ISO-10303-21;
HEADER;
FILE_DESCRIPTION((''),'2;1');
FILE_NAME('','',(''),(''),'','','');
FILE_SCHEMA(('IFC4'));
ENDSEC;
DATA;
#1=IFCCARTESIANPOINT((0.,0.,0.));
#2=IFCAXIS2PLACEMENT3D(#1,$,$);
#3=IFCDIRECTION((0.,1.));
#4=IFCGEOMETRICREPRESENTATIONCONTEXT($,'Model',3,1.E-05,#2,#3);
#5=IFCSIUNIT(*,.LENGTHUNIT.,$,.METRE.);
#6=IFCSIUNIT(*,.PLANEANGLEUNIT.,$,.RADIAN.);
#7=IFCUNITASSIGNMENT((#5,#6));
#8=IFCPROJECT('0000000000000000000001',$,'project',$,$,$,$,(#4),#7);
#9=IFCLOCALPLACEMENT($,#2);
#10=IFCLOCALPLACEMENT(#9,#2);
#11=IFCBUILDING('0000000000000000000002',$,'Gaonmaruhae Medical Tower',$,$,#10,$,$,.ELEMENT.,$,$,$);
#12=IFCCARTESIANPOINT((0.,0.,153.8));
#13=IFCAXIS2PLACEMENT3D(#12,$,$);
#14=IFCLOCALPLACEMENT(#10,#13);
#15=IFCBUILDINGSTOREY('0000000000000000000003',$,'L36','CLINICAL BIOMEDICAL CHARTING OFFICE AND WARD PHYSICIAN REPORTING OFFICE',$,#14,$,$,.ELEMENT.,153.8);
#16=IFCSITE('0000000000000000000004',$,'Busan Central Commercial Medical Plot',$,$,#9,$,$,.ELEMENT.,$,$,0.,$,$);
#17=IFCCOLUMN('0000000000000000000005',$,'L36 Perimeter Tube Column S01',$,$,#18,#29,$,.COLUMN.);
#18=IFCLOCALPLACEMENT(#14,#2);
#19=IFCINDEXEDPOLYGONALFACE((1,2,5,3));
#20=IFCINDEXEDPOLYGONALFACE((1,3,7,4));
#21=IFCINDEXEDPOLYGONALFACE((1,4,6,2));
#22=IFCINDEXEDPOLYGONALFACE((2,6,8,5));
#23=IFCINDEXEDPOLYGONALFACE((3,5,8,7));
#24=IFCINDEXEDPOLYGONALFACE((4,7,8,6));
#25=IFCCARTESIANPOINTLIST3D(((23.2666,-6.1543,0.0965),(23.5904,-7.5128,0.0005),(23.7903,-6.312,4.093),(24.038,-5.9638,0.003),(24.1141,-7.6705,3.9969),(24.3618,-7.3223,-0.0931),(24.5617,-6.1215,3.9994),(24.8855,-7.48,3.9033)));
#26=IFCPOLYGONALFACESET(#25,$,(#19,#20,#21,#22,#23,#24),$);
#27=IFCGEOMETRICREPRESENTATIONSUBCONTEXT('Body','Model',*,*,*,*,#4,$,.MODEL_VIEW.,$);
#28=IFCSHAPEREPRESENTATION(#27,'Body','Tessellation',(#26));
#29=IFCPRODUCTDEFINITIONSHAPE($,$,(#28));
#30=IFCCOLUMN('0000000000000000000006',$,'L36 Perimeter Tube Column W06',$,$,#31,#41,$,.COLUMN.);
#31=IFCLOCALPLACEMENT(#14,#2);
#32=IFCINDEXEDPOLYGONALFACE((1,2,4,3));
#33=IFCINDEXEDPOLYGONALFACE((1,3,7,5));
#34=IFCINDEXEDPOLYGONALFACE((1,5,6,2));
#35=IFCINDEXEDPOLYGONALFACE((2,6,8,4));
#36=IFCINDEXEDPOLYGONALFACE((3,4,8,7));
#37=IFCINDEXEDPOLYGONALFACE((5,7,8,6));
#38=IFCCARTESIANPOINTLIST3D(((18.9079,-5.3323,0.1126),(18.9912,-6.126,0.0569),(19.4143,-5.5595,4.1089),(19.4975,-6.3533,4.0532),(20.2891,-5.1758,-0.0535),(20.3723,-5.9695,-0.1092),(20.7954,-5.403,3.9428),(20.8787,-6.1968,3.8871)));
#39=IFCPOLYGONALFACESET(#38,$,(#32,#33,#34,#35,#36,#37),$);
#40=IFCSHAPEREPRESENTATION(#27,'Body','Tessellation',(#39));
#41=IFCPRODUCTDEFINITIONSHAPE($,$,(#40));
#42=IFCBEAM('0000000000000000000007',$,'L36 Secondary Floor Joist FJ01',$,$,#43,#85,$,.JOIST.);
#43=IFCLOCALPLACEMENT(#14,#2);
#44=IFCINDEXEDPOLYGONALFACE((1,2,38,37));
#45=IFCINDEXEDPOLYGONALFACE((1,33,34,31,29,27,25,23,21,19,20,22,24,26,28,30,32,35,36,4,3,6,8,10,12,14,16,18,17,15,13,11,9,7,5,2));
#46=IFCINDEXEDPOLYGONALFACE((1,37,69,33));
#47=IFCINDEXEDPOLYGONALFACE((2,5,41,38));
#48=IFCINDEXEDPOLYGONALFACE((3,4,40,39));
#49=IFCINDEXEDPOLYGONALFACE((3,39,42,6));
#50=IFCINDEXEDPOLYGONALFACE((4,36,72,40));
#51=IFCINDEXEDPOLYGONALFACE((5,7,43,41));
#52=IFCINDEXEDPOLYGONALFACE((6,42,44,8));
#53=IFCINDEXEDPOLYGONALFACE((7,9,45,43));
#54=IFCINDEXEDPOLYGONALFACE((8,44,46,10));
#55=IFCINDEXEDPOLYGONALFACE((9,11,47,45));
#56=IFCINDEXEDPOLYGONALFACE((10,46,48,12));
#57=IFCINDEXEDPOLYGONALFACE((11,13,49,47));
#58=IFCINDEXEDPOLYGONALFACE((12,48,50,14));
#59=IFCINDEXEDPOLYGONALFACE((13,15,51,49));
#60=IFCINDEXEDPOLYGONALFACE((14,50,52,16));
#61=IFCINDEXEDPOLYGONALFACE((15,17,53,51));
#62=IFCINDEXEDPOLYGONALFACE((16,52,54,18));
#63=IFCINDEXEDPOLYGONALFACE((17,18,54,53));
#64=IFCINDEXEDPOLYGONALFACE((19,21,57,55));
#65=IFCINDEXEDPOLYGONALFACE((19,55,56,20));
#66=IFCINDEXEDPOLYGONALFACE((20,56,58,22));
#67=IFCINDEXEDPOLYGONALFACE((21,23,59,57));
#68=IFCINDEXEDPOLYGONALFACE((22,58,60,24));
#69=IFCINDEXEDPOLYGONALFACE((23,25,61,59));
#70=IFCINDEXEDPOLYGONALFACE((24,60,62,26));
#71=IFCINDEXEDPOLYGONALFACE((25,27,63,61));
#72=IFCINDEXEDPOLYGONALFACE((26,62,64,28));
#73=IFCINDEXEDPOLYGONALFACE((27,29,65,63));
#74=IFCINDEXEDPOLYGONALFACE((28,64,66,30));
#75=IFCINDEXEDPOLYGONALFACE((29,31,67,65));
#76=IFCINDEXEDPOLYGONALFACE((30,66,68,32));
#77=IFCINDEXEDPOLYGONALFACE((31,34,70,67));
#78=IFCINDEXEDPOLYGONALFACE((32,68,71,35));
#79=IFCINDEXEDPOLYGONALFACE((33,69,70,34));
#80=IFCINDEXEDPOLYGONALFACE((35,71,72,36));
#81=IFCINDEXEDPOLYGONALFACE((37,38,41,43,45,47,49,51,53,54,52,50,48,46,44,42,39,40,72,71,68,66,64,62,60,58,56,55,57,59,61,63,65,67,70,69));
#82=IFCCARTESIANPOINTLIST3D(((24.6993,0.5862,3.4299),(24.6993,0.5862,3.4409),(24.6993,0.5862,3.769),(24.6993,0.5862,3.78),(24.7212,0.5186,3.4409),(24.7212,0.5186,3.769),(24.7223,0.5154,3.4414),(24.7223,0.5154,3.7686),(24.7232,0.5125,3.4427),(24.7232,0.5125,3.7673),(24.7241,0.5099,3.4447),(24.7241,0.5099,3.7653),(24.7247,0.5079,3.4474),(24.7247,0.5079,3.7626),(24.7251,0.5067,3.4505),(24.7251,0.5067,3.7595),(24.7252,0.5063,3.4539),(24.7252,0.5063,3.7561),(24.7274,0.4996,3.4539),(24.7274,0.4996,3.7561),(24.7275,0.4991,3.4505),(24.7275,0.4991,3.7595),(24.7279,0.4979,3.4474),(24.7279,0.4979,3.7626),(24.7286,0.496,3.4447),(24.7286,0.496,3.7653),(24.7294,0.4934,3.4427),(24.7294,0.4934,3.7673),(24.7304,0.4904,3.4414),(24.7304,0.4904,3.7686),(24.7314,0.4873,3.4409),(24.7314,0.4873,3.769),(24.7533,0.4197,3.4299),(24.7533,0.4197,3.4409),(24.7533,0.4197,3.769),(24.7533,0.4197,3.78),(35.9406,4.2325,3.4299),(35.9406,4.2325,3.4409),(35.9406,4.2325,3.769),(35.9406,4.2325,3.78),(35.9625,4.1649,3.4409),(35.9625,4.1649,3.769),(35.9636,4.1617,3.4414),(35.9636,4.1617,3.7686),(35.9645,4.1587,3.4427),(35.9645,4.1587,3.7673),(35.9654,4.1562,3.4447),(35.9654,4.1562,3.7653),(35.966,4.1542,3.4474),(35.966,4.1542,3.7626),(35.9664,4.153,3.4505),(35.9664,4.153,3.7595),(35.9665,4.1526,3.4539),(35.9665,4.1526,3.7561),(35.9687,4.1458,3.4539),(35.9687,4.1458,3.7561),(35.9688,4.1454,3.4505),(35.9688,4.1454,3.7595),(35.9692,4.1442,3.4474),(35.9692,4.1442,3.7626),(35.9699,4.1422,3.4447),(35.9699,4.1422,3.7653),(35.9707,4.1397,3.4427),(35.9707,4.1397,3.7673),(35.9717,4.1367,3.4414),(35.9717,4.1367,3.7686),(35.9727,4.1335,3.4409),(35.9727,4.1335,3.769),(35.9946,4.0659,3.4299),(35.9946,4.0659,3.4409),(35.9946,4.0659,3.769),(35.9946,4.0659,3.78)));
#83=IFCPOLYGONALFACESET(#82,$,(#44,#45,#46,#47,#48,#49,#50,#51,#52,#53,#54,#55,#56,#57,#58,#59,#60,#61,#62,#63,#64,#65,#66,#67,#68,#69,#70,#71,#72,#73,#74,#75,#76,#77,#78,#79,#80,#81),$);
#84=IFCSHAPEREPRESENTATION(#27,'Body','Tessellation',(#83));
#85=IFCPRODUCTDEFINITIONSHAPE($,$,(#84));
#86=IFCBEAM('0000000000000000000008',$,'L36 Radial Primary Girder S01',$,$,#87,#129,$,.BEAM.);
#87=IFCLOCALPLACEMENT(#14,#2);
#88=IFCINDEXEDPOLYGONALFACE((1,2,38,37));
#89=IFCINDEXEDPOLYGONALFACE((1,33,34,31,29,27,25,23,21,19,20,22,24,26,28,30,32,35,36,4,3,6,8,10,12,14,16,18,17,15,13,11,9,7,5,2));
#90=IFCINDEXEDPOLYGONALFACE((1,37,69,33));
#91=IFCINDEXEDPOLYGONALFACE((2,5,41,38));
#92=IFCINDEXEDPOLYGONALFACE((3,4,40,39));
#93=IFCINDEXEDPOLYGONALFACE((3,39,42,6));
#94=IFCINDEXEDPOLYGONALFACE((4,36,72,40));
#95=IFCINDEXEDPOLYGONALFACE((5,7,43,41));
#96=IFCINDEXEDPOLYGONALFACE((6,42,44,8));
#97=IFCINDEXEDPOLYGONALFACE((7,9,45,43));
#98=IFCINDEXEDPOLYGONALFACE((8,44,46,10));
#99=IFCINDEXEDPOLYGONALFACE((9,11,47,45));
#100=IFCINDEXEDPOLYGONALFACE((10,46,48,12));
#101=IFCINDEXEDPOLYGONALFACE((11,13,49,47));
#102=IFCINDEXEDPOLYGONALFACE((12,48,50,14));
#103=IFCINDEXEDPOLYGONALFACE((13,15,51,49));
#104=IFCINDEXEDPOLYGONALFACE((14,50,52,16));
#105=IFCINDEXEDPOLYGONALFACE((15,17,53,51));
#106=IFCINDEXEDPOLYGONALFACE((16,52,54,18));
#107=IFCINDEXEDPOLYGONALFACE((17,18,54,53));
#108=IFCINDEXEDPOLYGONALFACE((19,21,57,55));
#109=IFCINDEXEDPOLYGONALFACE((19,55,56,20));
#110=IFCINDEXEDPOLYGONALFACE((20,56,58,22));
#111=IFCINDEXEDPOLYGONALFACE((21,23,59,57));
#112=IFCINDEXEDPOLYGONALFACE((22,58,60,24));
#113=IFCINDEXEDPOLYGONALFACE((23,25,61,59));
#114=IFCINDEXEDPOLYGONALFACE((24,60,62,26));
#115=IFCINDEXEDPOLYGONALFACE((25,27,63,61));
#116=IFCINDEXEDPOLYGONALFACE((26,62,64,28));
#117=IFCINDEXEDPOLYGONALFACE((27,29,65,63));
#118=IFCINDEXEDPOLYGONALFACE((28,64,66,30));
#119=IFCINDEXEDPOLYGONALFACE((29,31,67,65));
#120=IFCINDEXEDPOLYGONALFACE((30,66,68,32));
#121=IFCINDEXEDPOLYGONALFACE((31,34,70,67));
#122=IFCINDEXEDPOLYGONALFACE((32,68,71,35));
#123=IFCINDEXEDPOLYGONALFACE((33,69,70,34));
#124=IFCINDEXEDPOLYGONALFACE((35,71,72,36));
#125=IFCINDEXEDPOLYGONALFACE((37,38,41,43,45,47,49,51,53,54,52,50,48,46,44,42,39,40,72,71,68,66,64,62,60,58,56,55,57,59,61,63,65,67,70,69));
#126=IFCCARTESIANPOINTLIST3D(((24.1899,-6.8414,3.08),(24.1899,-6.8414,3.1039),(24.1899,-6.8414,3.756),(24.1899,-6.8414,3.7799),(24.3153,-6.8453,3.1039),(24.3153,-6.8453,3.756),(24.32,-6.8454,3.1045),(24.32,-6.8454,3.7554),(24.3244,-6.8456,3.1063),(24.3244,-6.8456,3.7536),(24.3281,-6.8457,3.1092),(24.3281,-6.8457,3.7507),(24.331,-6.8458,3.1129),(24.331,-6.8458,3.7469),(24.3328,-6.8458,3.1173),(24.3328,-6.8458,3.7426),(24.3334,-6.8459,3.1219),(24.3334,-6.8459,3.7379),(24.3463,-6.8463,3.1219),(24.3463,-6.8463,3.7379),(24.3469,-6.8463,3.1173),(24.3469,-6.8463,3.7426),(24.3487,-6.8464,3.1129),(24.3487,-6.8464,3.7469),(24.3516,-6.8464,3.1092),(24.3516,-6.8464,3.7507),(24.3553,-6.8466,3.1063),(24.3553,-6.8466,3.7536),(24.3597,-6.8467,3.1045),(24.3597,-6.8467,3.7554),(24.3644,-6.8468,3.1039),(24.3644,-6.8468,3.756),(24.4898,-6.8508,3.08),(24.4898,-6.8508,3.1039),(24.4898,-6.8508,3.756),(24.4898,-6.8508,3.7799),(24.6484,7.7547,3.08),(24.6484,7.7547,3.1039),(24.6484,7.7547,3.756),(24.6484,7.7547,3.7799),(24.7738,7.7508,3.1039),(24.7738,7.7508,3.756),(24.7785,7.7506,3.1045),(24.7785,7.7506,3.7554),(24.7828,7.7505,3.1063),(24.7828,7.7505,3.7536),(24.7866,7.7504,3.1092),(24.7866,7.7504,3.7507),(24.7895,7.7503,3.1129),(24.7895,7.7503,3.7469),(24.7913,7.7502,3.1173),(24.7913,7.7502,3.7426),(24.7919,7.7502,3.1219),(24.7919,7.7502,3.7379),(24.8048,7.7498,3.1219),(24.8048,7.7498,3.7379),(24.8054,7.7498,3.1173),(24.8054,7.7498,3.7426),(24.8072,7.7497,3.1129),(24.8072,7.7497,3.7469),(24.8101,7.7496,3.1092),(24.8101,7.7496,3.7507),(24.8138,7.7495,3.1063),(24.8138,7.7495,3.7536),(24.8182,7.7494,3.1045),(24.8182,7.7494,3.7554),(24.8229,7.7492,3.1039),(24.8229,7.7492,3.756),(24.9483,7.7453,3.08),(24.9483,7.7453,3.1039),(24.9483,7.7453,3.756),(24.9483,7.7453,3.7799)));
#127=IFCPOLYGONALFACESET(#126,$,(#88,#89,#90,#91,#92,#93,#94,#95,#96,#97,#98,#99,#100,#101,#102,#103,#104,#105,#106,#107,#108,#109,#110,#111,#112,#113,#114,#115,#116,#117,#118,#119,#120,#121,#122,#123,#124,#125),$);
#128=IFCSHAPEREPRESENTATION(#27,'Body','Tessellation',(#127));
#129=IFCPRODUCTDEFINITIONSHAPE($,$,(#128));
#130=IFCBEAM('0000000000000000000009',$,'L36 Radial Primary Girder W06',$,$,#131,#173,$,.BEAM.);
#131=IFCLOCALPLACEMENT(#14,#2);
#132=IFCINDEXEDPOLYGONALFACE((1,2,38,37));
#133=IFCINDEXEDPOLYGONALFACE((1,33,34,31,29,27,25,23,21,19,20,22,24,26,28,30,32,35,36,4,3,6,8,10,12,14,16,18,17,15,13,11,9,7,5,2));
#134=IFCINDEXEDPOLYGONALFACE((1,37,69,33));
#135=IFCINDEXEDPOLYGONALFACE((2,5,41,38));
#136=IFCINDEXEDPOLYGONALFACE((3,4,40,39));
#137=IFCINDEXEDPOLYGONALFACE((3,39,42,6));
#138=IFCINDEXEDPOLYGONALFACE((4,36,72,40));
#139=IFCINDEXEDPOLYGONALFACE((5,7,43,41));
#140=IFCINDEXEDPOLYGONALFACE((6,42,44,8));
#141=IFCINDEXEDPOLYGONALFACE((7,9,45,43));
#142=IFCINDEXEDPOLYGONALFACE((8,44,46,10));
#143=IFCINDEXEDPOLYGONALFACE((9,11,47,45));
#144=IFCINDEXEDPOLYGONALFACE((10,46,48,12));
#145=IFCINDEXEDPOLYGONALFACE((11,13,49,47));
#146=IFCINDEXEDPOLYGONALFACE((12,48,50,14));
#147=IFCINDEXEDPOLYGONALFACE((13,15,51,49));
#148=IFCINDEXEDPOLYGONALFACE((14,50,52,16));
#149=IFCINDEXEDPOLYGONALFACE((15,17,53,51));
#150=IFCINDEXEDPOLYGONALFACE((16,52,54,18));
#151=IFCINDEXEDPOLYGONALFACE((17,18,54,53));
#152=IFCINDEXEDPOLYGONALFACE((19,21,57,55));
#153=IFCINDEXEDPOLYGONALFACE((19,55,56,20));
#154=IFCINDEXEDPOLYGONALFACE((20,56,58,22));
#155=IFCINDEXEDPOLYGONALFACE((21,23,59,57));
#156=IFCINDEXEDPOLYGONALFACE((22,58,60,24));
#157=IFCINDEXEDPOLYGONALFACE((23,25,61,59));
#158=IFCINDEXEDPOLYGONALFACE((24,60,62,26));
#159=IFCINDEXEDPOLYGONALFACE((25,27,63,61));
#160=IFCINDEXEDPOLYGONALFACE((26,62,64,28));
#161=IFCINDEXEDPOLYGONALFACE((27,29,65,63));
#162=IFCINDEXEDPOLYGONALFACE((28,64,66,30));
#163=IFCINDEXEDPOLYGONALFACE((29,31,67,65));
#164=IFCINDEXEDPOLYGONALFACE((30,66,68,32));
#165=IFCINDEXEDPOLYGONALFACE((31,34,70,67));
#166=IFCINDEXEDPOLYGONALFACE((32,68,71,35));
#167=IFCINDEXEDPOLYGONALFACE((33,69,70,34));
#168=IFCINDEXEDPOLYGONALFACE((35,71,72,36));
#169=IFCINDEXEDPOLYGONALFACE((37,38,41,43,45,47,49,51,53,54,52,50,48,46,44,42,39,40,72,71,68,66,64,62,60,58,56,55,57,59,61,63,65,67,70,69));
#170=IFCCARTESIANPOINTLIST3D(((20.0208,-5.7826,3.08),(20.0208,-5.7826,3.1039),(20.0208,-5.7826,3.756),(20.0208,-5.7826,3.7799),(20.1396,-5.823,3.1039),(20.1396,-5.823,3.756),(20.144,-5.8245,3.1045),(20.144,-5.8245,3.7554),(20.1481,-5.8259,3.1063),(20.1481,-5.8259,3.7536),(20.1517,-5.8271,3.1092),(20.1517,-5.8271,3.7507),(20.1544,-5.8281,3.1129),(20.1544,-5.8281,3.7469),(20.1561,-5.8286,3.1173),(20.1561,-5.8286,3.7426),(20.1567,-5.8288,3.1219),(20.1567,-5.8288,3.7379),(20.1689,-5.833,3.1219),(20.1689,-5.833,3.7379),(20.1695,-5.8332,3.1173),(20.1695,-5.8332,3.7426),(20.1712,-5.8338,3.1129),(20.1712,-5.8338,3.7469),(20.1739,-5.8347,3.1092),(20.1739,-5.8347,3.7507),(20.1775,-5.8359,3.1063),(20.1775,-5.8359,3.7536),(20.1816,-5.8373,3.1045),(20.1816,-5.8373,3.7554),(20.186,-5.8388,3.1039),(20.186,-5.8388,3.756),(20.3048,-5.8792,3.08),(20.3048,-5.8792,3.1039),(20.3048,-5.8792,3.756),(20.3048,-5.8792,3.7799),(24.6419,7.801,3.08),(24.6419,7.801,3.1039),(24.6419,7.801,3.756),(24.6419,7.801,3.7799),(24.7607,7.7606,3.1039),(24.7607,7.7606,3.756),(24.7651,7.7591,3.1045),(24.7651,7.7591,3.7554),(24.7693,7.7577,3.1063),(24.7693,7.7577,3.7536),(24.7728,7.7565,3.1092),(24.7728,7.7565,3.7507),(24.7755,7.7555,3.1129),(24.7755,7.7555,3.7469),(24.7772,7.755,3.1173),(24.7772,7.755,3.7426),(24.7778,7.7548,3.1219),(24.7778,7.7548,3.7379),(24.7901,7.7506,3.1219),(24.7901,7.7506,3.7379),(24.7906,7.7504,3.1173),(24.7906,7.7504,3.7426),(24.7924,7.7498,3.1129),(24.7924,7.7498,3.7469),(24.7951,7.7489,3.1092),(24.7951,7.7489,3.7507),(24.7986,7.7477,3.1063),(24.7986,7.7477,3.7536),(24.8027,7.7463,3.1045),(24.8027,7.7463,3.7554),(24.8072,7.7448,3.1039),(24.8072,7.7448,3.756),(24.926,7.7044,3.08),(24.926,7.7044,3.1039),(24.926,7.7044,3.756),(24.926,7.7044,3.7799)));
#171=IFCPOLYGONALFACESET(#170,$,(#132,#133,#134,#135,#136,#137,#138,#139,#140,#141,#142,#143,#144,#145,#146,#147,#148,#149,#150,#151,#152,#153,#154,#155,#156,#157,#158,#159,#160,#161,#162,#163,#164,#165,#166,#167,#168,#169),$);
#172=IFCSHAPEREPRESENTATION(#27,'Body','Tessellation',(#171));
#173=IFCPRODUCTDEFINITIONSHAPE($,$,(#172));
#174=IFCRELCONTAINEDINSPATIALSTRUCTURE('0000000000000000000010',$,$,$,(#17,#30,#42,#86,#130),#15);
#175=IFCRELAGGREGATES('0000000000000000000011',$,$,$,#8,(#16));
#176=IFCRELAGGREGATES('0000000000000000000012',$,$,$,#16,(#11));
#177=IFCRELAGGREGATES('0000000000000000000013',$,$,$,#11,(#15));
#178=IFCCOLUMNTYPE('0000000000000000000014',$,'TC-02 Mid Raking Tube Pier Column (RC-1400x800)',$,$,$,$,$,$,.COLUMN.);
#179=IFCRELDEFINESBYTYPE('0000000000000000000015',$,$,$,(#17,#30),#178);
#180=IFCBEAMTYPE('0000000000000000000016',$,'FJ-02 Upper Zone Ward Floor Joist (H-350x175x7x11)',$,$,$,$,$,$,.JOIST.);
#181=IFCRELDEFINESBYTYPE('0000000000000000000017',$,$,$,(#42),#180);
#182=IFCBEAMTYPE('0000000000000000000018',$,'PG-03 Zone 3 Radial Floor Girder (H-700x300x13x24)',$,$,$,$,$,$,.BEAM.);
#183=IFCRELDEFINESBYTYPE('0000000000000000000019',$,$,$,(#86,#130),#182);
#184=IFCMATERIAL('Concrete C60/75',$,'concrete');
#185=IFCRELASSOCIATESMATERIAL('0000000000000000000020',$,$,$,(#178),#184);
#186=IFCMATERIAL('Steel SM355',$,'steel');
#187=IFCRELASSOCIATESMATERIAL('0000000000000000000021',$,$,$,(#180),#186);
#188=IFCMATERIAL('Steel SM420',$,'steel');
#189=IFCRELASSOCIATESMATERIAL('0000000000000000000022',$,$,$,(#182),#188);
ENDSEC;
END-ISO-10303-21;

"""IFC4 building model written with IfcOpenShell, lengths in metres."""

from ifc_helpers import new_model, si_unit, direction, frame, origin, origin_2d, place, context, subcontext, project, spatial, rectangle, i_section, extrude, material, material_profile, profile_set, type_object, element, save


model = new_model("IFC4")

# Units and contexts
model_context = context("Model", 3, precision=1e-05, world=origin(), true_north=direction((0.0, 1.0)))
body_context = subcontext(model_context, "Body", "Model", "MODEL_VIEW")
ifc_project = project(units=[si_unit("LENGTHUNIT", "METRE"), si_unit("PLANEANGLEUNIT", "RADIAN")], contexts=[model_context])

# Site, building, storey
site_placement = place(None, origin())
site = spatial("IfcSite", under=ifc_project, at=site_placement, Name="Busan Central Commercial Medical Plot", CompositionType="ELEMENT", RefElevation=0.0)
building_placement = place(site_placement, origin())
building = spatial("IfcBuilding", under=site, at=building_placement, Name="Gaonmaruhae Medical Tower", CompositionType="ELEMENT")
storey_placement = place(building_placement, frame((0.0, 0.0, 153.8)))
storey = spatial("IfcBuildingStorey", under=building, at=storey_placement, Name="L36", Description="CLINICAL BIOMEDICAL CHARTING OFFICE AND WARD PHYSICIAN REPORTING OFFICE", CompositionType="ELEMENT", Elevation=153.8)

# Columns
ifc_material_1 = material(Name="Concrete C60/75", Category="concrete")
ifc_material_profile_1 = material_profile(ifc_material_1, rectangle(XDim=1.3999, YDim=0.8, at=origin_2d()), Name="RC-1400x800")
ifc_profile_set_1 = profile_set([ifc_material_profile_1], Name="Concrete C60/75")
column_type = type_object("IfcColumnType", Name="TC-02 Mid Raking Tube Pier Column (RC-1400x800)", PredefinedType="COLUMN", material=ifc_profile_set_1)
column_1_placement = place(storey_placement, frame((23.8142, -6.7383, 0.0017), z_axis=(0.12983, -0.0391, 0.990765), x_axis=(-0.231338, 0.970451, 0.068613)))
element("IfcColumn", 1, at=column_1_placement, inside=storey, type_object=column_type, Name="L36 Perimeter Tube Column S01", PredefinedType="COLUMN", context=body_context, shape_type="SweptSolid", body=[
    extrude(rectangle(XDim=1.3999, YDim=0.8, at=origin_2d()), origin(), (0.0, 0.0, 1.0), 4.0337),
])
column_2_placement = place(storey_placement, frame((19.6401, -5.6509, 0.0017), z_axis=(0.125498, -0.056335, 0.990493), x_axis=(-0.986623, -0.111793, 0.11865)))
element("IfcColumn", 2, at=column_2_placement, inside=storey, type_object=column_type, Name="L36 Perimeter Tube Column W06", PredefinedType="COLUMN", context=body_context, shape_type="SweptSolid", body=[
    extrude(rectangle(XDim=1.3999, YDim=0.8, at=origin_2d()), origin(), (0.0, 0.0, 1.0), 4.0347),
])

# Beams
ifc_material_2 = material(Name="Steel SM355", Category="steel")
ifc_material_profile_2 = material_profile(ifc_material_2, i_section(OverallWidth=0.175, OverallDepth=0.3501, WebThickness=0.0071, FlangeThickness=0.011, FilletRadius=0.0129, at=origin_2d()), Name="H-350x175x7x11")
ifc_profile_set_2 = profile_set([ifc_material_profile_2], Name="Steel SM355")
beam_type_1 = type_object("IfcBeamType", Name="FJ-02 Upper Zone Ward Floor Joist (H-350x175x7x11)", PredefinedType="JOIST", material=ifc_profile_set_2)
beam_1_placement = place(storey_placement, frame((24.7263, 0.5029, 3.605), z_axis=(0.951212, 0.308539, 0.0), x_axis=(-0.308539, 0.951212, 0.0)))
element("IfcBeam", 3, at=beam_1_placement, inside=storey, type_object=beam_type_1, Name="L36 Secondary Floor Joist FJ01", PredefinedType="JOIST", context=body_context, shape_type="SweptSolid", body=[
    extrude(i_section(OverallWidth=0.175, OverallDepth=0.3501, WebThickness=0.0071, FlangeThickness=0.011, FilletRadius=0.0129, at=origin_2d()), origin(), (0.0, 0.0, 1.0), 11.8179),
])
ifc_material_3 = material(Name="Steel SM420", Category="steel")
ifc_material_profile_3 = material_profile(ifc_material_3, i_section(OverallWidth=0.3, OverallDepth=0.7, WebThickness=0.0129, FlangeThickness=0.0239, FilletRadius=0.0181, at=origin_2d()), Name="H-700x300x13x24")
ifc_profile_set_3 = profile_set([ifc_material_profile_3], Name="Steel SM420")
beam_type_2 = type_object("IfcBeamType", Name="PG-03 Zone 3 Radial Floor Girder (H-700x300x13x24)", PredefinedType="BEAM", material=ifc_profile_set_3)
beam_2_placement = place(storey_placement, frame((24.7983, 7.75, 3.4299), z_axis=(-0.031397, -0.999507, 0.0), x_axis=(0.999507, -0.031397, 0.0)))
element("IfcBeam", 4, at=beam_2_placement, inside=storey, type_object=beam_type_2, Name="L36 Radial Primary Girder S01", PredefinedType="BEAM", context=body_context, shape_type="SweptSolid", body=[
    extrude(i_section(OverallWidth=0.3, OverallDepth=0.7, WebThickness=0.0129, FlangeThickness=0.0239, FilletRadius=0.0181, at=origin_2d()), origin(), (0.0, 0.0, 1.0), 14.6033),
])
beam_3_placement = place(storey_placement, frame((24.7839, 7.7527, 3.4299), z_axis=(-0.322072, -0.946715, 0.0), x_axis=(0.946715, -0.322072, 0.0)))
element("IfcBeam", 5, at=beam_3_placement, inside=storey, type_object=beam_type_2, Name="L36 Radial Primary Girder W06", PredefinedType="BEAM", context=body_context, shape_type="SweptSolid", body=[
    extrude(i_section(OverallWidth=0.3, OverallDepth=0.7, WebThickness=0.0129, FlangeThickness=0.0239, FilletRadius=0.0181, at=origin_2d()), origin(), (0.0, 0.0, 1.0), 14.3481),
])

save(model, "model.ifc")
